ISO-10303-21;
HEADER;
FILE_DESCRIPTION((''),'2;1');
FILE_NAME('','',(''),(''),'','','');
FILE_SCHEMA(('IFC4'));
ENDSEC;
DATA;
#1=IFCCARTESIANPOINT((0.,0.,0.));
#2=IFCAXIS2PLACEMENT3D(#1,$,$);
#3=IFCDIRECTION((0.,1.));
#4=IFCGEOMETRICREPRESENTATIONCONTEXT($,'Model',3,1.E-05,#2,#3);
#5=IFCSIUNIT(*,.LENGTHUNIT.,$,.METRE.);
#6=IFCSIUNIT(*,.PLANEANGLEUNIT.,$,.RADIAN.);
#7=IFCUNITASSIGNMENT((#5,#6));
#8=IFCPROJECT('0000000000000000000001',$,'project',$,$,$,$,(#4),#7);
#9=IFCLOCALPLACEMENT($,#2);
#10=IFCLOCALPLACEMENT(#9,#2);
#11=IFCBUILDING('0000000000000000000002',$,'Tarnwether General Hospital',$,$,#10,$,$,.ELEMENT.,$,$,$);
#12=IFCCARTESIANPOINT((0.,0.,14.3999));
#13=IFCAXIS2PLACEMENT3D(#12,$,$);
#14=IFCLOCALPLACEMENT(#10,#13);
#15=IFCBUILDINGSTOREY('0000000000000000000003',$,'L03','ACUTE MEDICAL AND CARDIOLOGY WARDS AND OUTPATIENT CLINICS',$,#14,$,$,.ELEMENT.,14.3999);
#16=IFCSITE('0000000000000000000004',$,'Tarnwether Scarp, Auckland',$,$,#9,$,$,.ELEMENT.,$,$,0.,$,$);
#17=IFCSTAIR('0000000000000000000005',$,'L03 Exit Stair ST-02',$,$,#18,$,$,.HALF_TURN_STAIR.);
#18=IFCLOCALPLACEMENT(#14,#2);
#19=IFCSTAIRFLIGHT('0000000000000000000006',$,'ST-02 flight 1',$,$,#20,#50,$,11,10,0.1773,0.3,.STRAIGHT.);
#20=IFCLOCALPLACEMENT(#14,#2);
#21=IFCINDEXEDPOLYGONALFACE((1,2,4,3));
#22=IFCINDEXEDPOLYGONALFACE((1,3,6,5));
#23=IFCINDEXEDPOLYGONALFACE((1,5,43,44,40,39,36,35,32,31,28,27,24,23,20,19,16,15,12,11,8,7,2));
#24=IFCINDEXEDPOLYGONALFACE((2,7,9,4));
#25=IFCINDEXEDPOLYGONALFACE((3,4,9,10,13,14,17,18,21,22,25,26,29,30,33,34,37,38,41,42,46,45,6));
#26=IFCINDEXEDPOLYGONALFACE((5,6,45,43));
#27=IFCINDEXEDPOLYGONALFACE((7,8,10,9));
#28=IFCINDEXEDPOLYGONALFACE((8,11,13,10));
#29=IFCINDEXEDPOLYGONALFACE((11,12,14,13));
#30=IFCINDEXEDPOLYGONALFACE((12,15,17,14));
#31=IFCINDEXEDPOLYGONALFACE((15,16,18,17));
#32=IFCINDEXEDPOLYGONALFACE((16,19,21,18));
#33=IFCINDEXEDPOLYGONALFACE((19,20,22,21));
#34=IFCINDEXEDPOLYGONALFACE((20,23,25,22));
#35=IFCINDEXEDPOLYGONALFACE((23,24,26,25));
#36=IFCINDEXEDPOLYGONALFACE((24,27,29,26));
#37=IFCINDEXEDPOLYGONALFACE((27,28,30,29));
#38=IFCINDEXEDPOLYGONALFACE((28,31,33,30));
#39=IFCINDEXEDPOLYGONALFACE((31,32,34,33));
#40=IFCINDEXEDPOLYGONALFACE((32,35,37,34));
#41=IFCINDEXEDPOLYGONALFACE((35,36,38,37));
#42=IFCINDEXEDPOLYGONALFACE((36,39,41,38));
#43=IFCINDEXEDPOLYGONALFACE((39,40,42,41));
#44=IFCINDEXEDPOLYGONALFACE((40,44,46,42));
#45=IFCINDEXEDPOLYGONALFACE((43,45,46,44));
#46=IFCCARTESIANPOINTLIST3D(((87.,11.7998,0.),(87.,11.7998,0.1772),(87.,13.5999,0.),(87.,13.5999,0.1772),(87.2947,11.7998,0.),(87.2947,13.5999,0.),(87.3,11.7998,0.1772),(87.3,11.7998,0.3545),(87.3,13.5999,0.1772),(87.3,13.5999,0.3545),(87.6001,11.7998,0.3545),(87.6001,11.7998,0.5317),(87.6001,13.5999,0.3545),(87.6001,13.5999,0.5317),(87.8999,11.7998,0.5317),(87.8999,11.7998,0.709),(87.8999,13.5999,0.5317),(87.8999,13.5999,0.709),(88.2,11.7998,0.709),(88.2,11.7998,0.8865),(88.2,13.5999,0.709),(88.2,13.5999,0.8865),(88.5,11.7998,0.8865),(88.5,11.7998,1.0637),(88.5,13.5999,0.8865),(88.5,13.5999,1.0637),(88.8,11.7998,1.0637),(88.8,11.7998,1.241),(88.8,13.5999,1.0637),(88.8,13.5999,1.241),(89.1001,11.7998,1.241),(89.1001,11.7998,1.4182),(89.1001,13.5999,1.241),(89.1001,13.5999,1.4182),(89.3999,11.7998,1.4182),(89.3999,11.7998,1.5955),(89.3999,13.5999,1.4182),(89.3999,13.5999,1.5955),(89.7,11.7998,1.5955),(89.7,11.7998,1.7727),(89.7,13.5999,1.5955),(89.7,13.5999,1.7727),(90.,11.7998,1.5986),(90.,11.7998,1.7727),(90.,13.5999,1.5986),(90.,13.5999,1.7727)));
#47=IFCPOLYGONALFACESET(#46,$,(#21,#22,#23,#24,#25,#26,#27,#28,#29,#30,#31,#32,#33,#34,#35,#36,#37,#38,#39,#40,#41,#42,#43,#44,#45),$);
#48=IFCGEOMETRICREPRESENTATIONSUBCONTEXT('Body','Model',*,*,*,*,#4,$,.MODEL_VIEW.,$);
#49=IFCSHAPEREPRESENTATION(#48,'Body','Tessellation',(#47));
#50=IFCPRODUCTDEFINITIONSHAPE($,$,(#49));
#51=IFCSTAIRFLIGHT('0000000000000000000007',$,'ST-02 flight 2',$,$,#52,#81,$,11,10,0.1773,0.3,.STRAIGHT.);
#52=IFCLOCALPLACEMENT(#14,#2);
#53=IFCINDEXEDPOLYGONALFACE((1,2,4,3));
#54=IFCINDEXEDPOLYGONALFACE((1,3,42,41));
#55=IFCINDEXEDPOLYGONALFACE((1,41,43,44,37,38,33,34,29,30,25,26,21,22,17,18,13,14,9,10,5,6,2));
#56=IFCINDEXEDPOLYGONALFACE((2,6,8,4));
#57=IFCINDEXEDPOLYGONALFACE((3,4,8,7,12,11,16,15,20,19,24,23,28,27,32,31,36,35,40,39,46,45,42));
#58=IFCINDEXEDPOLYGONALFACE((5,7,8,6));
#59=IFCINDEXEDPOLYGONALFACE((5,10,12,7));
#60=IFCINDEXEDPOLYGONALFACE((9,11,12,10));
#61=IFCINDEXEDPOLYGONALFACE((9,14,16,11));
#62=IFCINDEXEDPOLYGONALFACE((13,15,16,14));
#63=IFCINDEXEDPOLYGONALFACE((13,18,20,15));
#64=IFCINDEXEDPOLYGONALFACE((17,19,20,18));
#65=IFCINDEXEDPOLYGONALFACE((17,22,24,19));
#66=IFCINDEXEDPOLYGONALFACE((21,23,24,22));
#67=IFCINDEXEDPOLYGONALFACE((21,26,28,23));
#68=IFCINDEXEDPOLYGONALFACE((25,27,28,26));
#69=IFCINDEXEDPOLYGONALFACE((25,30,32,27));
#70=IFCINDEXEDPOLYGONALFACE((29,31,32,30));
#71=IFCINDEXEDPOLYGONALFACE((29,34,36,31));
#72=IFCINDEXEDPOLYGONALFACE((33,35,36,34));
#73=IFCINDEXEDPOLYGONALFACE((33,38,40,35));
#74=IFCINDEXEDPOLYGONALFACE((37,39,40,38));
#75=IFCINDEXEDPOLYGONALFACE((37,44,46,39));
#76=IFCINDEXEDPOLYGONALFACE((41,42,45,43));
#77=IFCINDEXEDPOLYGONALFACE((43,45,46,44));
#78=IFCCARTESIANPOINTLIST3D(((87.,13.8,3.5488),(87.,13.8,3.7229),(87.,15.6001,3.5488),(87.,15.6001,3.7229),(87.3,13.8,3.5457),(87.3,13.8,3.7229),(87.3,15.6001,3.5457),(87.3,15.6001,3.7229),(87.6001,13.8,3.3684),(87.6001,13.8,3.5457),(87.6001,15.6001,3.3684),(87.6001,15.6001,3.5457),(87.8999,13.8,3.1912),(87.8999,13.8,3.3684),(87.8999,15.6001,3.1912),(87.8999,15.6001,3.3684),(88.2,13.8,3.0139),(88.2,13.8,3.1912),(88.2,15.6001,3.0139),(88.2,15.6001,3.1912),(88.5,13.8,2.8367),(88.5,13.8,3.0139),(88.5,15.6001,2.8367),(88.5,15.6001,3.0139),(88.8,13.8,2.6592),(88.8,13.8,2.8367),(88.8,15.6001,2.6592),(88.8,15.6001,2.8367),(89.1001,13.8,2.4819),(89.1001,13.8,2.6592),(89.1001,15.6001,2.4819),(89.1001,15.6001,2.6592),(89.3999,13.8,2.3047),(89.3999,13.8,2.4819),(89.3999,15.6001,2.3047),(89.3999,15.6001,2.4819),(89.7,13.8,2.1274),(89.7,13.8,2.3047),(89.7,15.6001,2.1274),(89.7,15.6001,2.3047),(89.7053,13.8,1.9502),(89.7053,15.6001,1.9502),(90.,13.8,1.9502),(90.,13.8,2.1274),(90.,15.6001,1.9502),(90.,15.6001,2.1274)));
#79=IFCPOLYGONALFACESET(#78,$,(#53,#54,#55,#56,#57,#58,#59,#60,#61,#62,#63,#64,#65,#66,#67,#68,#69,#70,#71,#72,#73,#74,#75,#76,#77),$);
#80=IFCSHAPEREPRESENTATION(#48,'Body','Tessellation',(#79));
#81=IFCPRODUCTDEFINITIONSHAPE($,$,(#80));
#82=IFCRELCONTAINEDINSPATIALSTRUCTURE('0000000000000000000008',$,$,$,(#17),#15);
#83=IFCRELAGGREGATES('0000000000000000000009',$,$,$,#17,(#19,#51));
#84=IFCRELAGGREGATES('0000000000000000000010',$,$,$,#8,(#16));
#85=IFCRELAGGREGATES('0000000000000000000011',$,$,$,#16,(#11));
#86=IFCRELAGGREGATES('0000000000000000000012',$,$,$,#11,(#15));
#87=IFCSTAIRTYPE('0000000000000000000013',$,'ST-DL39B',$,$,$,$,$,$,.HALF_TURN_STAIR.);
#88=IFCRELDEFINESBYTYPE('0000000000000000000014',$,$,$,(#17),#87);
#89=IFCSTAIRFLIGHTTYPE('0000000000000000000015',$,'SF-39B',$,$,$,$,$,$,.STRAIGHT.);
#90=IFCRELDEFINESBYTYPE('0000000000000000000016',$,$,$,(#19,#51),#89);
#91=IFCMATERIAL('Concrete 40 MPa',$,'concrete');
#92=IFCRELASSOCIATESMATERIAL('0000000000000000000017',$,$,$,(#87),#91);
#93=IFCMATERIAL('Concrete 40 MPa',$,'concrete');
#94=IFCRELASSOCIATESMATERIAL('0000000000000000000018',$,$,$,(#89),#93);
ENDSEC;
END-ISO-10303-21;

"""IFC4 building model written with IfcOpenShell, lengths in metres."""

from ifc_helpers import new_model, si_unit, direction, frame, origin, place, context, subcontext, project, spatial, polyline, outline, extrude, material, type_object, element, aggregate, save


model = new_model("IFC4")

# Units and contexts
model_context = context("Model", 3, precision=1e-05, world=origin(), true_north=direction((0.0, 1.0)))
body_context = subcontext(model_context, "Body", "Model", "MODEL_VIEW")
ifc_project = project(units=[si_unit("LENGTHUNIT", "METRE"), si_unit("PLANEANGLEUNIT", "RADIAN")], contexts=[model_context])

# Site, building, storey
site_placement = place(None, origin())
site = spatial("IfcSite", under=ifc_project, at=site_placement, Name="Tarnwether Scarp, Auckland", CompositionType="ELEMENT", RefElevation=0.0)
building_placement = place(site_placement, origin())
building = spatial("IfcBuilding", under=site, at=building_placement, Name="Tarnwether General Hospital", CompositionType="ELEMENT")
storey_placement = place(building_placement, frame((0.0, 0.0, 14.3999)))
storey = spatial("IfcBuildingStorey", under=building, at=storey_placement, Name="L03", Description="ACUTE MEDICAL AND CARDIOLOGY WARDS AND OUTPATIENT CLINICS", CompositionType="ELEMENT", Elevation=14.3999)

# Stair, stair flights
ifc_material_1 = material(Name="Concrete 40 MPa", Category="concrete")
stair_type = type_object("IfcStairType", Name="ST-DL39B", PredefinedType="HALF_TURN_STAIR", material=ifc_material_1)
stair_placement = place(storey_placement, origin())
stair = element("IfcStair", 1, at=stair_placement, inside=storey, type_object=stair_type, Name="L03 Exit Stair ST-02", PredefinedType="HALF_TURN_STAIR")
ifc_material_2 = material(Name="Concrete 40 MPa", Category="concrete")
stair_flight_type = type_object("IfcStairFlightType", Name="SF-39B", PredefinedType="STRAIGHT", material=ifc_material_2)
stair_flight_1_placement = place(storey_placement, frame((87.0, 12.7, 0.0), z_axis=(0.0, 0.0, 1.0), x_axis=(1.0, 0.0, 0.0)))
stair_flight_1 = element("IfcStairFlight", 2, at=stair_flight_1_placement, type_object=stair_flight_type, Name="ST-02 flight 1", NumberOfRisers=11, NumberOfTreads=10, PredefinedType="STRAIGHT", RiserHeight=0.1773, TreadLength=0.3, context=body_context, shape_type="SweptSolid", body=[
    extrude(outline(polyline([(0.0, 0.0), (0.0, 0.1772), (0.3, 0.1772), (0.3, 0.3545), (0.6001, 0.3545), (0.6001, 0.5317), (0.8999, 0.5317), (0.8999, 0.709), (1.2, 0.709), (1.2, 0.8865), (1.5, 0.8865), (1.5, 1.0637), (1.8, 1.0637), (1.8, 1.241), (2.1001, 1.241), (2.1001, 1.4182), (2.3999, 1.4182), (2.3999, 1.5955), (2.7, 1.5955), (2.7, 1.7727), (3.0, 1.7727), (3.0, 1.95), (3.0, 1.5986), (0.2947, 0.0), (0.0, 0.0)])), frame((0.0, 0.8999, 0.0), z_axis=(0.0, -1.0, 0.0), x_axis=(1.0, 0.0, 0.0)), (0.0, 0.0, 1.0), 1.8),
])
stair_flight_2_placement = place(storey_placement, frame((90.0, 14.7, 1.9502), z_axis=(0.0, 0.0, 1.0), x_axis=(-1.0, 0.0, 0.0)))
stair_flight_2 = element("IfcStairFlight", 3, at=stair_flight_2_placement, type_object=stair_flight_type, Name="ST-02 flight 2", NumberOfRisers=11, NumberOfTreads=10, PredefinedType="STRAIGHT", RiserHeight=0.1773, TreadLength=0.3, context=body_context, shape_type="SweptSolid", body=[
    extrude(outline(polyline([(0.0, 0.0), (0.0, 0.1772), (0.3, 0.1772), (0.3, 0.3545), (0.6001, 0.3545), (0.6001, 0.5317), (0.8999, 0.5317), (0.8999, 0.709), (1.2, 0.709), (1.2, 0.8865), (1.5, 0.8865), (1.5, 1.0637), (1.8, 1.0637), (1.8, 1.241), (2.1001, 1.241), (2.1001, 1.4182), (2.3999, 1.4182), (2.3999, 1.5955), (2.7, 1.5955), (2.7, 1.7727), (3.0, 1.7727), (3.0, 1.95), (3.0, 1.5986), (0.2947, 0.0), (0.0, 0.0)])), frame((0.0, 0.8999, 0.0), z_axis=(0.0, -1.0, 0.0), x_axis=(1.0, 0.0, 0.0)), (0.0, 0.0, 1.0), 1.8),
])
aggregate(stair, [stair_flight_1, stair_flight_2])

save(model, "model.ifc")
